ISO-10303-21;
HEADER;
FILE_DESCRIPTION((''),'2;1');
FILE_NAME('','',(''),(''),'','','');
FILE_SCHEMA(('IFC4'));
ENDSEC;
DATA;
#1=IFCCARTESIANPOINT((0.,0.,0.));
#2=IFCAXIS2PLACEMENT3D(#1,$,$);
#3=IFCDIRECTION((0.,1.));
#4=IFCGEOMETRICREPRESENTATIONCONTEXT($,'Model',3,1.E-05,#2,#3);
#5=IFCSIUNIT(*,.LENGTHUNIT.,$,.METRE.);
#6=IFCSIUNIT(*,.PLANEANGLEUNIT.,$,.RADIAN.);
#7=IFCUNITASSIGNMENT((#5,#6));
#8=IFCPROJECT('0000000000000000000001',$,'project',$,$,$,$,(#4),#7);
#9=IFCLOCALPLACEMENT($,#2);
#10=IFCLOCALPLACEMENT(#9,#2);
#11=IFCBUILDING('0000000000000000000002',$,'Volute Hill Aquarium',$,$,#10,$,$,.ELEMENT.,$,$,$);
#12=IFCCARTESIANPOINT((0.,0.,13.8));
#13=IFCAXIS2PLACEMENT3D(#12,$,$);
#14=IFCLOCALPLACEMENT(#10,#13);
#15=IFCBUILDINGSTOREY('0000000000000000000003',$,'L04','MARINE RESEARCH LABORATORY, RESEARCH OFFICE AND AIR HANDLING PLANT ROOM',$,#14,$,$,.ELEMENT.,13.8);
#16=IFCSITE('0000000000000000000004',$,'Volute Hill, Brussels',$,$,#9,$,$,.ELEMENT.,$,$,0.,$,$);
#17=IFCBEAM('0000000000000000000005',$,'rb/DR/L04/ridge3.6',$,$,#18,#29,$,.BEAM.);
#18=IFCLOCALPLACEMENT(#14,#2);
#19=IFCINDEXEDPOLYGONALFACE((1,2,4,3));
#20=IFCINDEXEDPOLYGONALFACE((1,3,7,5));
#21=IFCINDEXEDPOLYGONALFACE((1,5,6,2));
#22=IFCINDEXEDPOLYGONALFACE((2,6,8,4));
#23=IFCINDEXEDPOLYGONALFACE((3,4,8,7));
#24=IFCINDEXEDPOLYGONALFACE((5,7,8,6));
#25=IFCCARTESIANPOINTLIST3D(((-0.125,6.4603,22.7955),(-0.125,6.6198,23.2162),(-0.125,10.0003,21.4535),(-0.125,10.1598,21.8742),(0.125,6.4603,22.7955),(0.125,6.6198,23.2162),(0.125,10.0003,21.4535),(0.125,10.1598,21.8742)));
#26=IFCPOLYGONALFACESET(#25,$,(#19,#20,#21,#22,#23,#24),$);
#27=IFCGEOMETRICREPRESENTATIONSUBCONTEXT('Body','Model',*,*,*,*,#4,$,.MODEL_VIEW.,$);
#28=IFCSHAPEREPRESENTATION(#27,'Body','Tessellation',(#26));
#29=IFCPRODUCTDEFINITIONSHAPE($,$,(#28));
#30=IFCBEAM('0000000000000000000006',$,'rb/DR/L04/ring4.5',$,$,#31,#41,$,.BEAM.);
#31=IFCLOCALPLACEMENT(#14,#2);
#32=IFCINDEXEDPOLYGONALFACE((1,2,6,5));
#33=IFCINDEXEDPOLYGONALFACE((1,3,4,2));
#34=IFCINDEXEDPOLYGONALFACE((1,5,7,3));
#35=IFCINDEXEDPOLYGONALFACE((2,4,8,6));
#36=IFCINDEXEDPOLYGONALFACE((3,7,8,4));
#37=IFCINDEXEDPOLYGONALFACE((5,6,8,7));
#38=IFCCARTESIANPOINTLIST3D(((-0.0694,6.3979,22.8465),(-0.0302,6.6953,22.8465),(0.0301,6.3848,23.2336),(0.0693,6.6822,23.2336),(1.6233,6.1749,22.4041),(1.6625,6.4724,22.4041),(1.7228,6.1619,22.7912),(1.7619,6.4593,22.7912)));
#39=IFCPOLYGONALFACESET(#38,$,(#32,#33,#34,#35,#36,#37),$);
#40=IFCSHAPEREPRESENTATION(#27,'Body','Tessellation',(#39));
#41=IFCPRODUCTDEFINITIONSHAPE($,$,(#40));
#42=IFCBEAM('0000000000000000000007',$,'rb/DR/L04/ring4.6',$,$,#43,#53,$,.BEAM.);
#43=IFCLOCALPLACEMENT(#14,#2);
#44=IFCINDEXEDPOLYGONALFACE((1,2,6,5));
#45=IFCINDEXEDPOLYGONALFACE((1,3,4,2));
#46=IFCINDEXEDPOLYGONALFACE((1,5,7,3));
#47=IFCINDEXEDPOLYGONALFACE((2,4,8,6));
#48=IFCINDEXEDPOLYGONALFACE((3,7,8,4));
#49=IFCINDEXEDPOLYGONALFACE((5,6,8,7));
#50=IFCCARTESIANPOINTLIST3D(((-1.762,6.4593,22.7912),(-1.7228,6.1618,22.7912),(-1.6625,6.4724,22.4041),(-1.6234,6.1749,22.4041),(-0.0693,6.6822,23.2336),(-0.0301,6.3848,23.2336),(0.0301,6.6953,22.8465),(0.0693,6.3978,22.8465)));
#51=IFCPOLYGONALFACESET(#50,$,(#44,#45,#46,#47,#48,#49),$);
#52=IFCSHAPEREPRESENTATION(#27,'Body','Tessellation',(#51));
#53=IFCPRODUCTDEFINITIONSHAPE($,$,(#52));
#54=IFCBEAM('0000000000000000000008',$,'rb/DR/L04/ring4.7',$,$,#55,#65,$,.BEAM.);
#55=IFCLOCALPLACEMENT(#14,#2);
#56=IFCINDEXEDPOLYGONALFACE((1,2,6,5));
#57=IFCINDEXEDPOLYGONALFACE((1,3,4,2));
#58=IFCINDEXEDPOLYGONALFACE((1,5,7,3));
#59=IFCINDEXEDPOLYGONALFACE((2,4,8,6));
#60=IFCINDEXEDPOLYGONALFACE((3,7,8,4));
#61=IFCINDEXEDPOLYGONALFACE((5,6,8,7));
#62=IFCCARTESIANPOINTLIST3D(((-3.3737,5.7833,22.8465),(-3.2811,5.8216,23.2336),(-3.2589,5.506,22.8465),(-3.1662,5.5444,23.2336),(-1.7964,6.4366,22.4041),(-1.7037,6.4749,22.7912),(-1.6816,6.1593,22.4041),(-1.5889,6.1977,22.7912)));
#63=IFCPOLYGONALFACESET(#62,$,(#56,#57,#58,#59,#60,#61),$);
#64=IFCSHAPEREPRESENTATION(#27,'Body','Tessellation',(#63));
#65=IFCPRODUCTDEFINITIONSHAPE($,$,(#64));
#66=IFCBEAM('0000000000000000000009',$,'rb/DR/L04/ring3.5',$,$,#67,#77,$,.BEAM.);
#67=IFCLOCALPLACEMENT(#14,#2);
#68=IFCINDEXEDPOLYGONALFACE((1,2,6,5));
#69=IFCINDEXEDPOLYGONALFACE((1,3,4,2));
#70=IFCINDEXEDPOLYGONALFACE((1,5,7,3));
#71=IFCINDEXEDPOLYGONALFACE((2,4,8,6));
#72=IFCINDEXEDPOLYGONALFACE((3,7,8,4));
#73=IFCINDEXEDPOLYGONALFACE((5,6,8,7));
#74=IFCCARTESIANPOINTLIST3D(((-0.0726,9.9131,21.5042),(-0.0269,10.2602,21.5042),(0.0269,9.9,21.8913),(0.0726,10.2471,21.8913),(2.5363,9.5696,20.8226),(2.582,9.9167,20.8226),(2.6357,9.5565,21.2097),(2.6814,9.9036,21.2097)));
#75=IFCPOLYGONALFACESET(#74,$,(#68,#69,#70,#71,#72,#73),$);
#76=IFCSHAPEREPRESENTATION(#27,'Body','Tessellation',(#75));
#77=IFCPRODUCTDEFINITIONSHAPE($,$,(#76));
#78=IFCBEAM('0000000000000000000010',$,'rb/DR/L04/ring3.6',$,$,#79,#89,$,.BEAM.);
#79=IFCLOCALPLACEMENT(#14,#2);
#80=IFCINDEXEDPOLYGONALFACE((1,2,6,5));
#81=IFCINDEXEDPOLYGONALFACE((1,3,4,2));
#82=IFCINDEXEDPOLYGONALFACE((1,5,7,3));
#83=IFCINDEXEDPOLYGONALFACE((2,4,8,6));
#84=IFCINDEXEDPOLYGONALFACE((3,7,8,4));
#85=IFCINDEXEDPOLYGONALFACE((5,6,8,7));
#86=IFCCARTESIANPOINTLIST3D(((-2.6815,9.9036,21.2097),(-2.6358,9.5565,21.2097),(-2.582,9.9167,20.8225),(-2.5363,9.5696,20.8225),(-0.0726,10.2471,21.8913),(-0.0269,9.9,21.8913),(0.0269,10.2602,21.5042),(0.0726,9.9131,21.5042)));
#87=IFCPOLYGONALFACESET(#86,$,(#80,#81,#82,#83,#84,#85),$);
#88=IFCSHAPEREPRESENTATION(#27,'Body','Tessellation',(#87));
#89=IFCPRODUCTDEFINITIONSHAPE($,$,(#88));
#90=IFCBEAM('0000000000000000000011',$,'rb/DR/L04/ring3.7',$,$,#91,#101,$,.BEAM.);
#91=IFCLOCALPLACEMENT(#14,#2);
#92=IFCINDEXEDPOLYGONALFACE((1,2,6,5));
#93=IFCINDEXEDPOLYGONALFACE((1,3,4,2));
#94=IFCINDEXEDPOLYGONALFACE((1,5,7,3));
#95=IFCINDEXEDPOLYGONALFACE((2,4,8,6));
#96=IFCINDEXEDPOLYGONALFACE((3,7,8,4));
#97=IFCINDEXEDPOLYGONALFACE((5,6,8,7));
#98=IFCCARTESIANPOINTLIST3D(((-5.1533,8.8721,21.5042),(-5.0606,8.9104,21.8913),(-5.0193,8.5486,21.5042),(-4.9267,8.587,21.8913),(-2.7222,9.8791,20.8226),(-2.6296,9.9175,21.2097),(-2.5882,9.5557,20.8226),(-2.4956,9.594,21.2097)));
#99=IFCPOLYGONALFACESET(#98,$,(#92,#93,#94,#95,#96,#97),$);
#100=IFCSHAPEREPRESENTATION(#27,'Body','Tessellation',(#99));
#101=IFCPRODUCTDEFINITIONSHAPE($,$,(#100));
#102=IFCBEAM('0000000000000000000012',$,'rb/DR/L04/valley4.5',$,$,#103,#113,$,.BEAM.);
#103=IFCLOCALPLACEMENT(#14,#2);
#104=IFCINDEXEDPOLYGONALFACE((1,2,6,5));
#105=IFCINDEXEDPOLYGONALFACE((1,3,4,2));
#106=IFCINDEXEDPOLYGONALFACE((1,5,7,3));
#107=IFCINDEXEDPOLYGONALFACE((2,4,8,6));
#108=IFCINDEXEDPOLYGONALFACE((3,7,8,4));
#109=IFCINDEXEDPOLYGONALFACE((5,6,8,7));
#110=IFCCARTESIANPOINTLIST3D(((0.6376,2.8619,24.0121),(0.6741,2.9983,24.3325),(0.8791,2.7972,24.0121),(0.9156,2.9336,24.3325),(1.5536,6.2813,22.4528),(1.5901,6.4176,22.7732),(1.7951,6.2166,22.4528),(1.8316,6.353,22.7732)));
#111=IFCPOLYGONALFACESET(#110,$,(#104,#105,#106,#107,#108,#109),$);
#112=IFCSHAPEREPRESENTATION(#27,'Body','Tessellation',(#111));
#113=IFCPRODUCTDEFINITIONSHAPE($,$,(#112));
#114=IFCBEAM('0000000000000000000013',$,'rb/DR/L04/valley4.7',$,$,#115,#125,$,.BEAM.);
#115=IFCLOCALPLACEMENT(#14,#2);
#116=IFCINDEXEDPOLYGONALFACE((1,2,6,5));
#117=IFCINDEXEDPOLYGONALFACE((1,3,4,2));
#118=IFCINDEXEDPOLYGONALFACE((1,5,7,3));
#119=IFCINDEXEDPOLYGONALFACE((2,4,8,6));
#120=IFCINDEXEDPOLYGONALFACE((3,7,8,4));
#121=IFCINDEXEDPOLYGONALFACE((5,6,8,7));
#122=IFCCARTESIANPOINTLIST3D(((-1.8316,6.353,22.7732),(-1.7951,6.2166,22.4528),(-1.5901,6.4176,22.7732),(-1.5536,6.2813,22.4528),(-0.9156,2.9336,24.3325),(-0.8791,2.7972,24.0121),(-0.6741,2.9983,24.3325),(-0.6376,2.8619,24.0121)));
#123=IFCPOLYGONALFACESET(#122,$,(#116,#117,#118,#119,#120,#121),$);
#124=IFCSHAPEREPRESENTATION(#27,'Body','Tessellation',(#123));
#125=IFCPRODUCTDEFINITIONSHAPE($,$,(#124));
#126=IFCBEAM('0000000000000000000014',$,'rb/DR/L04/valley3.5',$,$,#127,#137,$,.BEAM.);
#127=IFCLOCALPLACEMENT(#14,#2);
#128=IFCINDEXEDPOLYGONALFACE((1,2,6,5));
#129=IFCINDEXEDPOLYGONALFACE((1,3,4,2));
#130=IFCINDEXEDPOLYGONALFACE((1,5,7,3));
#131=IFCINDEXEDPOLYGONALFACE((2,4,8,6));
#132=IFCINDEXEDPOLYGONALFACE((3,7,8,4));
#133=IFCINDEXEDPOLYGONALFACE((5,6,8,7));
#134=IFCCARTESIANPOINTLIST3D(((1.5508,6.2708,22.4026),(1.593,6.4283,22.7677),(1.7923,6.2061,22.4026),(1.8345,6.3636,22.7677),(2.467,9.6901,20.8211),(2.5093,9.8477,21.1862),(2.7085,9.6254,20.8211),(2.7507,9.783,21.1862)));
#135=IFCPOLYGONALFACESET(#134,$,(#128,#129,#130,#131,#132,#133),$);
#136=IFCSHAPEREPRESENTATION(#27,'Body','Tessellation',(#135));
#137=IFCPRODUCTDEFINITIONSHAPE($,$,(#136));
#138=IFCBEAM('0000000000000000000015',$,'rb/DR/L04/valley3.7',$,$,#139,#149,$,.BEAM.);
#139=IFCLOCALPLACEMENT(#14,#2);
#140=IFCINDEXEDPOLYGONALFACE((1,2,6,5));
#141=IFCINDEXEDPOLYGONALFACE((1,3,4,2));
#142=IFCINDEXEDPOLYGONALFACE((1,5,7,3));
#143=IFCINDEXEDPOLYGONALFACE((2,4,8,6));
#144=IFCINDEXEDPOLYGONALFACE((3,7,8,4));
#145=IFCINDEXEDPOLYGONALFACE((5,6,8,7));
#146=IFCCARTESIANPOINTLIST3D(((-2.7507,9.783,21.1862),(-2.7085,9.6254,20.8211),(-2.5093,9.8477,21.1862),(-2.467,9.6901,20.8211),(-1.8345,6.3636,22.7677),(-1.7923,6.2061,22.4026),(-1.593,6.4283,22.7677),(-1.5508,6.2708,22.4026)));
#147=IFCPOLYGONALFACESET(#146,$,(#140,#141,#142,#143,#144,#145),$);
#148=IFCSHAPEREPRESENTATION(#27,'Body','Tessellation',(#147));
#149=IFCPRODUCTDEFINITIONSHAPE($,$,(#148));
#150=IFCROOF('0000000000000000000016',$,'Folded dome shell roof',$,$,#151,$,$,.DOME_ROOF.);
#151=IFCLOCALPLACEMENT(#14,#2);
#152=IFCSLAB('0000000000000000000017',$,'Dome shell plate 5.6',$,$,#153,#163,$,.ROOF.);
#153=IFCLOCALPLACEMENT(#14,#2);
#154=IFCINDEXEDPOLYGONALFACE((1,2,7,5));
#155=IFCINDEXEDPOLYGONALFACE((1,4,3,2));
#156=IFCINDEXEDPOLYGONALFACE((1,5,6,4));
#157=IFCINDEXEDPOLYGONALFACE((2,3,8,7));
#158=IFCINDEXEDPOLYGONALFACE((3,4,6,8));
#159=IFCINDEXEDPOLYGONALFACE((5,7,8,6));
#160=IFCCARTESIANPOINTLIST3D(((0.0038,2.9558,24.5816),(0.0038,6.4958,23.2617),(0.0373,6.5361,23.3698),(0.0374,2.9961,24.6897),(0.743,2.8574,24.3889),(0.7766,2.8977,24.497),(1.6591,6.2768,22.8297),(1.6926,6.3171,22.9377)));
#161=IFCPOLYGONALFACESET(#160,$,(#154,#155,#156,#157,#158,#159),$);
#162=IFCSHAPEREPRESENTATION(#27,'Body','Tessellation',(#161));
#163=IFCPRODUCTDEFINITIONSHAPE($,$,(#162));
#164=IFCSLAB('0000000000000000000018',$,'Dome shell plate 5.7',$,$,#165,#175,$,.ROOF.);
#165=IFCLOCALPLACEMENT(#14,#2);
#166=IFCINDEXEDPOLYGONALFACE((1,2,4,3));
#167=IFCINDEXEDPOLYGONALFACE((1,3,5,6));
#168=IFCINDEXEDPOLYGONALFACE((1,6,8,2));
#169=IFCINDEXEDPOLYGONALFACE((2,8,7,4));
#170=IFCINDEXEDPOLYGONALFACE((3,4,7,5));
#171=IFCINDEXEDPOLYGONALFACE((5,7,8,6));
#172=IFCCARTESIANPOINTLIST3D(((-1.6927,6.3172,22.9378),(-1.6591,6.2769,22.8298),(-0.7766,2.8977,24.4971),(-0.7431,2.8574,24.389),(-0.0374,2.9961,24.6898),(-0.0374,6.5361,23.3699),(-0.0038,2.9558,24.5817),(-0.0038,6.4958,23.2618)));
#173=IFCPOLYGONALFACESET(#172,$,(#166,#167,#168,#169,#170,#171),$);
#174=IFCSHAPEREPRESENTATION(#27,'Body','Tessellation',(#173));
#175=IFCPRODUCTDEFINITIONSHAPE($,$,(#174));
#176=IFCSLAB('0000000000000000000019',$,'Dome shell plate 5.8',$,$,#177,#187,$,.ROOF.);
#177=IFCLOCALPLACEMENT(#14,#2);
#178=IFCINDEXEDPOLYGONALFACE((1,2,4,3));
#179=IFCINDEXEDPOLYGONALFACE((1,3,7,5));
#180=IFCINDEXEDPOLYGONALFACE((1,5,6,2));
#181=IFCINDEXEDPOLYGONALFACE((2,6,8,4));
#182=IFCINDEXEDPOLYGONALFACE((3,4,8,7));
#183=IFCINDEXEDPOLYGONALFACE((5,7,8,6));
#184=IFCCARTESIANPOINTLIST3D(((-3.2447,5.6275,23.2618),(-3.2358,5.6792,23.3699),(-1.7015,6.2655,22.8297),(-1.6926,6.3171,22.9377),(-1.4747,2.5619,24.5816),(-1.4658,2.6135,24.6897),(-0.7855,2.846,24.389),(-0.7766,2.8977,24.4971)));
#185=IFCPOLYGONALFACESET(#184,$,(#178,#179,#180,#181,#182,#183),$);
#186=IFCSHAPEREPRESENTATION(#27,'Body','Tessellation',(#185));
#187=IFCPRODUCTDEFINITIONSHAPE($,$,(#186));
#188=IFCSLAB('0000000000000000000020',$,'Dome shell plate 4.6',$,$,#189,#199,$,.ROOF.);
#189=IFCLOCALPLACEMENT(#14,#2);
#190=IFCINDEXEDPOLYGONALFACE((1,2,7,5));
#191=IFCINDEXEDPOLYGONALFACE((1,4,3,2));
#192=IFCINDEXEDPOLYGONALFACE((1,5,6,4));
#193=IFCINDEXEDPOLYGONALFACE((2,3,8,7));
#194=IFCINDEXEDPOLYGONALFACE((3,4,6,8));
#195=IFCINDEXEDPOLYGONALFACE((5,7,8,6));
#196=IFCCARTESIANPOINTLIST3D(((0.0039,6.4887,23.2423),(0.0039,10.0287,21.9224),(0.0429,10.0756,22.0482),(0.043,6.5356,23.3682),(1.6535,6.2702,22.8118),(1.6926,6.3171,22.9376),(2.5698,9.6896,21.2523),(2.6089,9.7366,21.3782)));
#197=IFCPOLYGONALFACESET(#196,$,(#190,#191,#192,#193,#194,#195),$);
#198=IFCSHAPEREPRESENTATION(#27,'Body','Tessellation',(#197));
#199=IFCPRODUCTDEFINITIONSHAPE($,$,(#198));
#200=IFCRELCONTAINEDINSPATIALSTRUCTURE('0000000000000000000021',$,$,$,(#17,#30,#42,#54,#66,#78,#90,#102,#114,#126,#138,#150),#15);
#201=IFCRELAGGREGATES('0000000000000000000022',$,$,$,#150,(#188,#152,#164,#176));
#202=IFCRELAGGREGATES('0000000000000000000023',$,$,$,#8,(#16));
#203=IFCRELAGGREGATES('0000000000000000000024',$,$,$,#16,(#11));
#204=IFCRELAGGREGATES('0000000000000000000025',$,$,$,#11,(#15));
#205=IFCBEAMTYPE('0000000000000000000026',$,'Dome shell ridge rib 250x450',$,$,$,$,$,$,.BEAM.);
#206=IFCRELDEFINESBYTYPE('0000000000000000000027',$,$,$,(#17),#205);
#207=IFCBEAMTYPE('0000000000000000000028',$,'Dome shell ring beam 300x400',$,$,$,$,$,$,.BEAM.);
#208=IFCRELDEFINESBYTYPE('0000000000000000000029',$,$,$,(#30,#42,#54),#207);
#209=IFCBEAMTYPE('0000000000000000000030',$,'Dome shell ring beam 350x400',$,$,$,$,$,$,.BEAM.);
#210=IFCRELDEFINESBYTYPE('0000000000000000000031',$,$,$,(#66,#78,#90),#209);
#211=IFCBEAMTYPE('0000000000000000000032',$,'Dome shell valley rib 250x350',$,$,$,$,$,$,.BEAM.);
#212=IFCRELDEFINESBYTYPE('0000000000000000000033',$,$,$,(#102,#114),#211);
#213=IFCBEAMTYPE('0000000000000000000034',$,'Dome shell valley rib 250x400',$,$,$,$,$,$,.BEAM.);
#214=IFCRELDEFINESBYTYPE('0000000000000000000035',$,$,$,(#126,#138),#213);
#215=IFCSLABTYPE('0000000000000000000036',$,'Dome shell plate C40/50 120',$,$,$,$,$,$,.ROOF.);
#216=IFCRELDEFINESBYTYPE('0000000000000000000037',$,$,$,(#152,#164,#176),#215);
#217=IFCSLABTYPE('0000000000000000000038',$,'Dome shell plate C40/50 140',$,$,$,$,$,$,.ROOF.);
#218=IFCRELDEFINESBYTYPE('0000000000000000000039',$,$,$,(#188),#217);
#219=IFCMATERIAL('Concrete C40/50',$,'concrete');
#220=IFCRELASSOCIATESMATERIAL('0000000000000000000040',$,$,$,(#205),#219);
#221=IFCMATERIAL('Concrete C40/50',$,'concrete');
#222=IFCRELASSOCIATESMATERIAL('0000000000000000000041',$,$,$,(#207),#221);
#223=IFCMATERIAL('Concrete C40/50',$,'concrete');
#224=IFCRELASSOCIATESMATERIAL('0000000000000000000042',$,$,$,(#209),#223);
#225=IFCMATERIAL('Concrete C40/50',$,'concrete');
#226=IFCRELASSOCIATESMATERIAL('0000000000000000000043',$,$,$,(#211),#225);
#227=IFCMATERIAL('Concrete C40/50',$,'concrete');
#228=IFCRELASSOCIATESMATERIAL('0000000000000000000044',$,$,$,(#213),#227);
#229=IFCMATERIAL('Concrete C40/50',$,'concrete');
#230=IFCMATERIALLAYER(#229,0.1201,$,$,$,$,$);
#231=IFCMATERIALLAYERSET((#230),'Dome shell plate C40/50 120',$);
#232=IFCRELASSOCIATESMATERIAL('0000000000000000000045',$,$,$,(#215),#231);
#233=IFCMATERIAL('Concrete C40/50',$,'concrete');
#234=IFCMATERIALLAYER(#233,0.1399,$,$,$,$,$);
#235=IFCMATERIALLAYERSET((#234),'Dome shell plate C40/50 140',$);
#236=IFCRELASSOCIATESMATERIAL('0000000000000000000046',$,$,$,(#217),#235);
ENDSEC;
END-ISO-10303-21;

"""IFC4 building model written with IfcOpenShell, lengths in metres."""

from ifc_helpers import new_model, si_unit, direction, frame, origin, origin_2d, place, context, subcontext, project, spatial, polyline, rectangle, outline, extrude, material, layer, layer_set, material_profile, profile_set, type_object, element, aggregate, save


model = new_model("IFC4")

# Units and contexts
model_context = context("Model", 3, precision=1e-05, world=origin(), true_north=direction((0.0, 1.0)))
body_context = subcontext(model_context, "Body", "Model", "MODEL_VIEW")
ifc_project = project(units=[si_unit("LENGTHUNIT", "METRE"), si_unit("PLANEANGLEUNIT", "RADIAN")], contexts=[model_context])

# Site, building, storey
site_placement = place(None, origin())
site = spatial("IfcSite", under=ifc_project, at=site_placement, Name="Volute Hill, Brussels", CompositionType="ELEMENT", RefElevation=0.0)
building_placement = place(site_placement, origin())
building = spatial("IfcBuilding", under=site, at=building_placement, Name="Volute Hill Aquarium", CompositionType="ELEMENT")
storey_placement = place(building_placement, frame((0.0, 0.0, 13.8)))
storey = spatial("IfcBuildingStorey", under=building, at=storey_placement, Name="L04", Description="MARINE RESEARCH LABORATORY, RESEARCH OFFICE AND AIR HANDLING PLANT ROOM", CompositionType="ELEMENT", Elevation=13.8)

# Beams
ifc_material_1 = material(Name="Concrete C40/50", Category="concrete")
ifc_material_profile_1 = material_profile(ifc_material_1, rectangle(XDim=0.25, YDim=0.45, at=origin_2d()), Name="RC rib 250x450")
ifc_profile_set_1 = profile_set([ifc_material_profile_1], Name="Concrete C40/50")
beam_type_1 = type_object("IfcBeamType", Name="Dome shell ridge rib 250x450", PredefinedType="BEAM", material=ifc_profile_set_1)
beam_1_placement = place(storey_placement, frame((0.0, 10.0801, 21.6638), z_axis=(0.0, -0.935062, 0.354485), x_axis=(1.0, 0.0, 0.0)))
element("IfcBeam", 1, at=beam_1_placement, inside=storey, type_object=beam_type_1, Name="rb/DR/L04/ridge3.6", PredefinedType="BEAM", context=body_context, shape_type="SweptSolid", body=[
    extrude(rectangle(XDim=0.25, YDim=0.45, at=origin_2d()), origin(), (0.0, 0.0, 1.0), 3.7859),
])
ifc_material_2 = material(Name="Concrete C40/50", Category="concrete")
ifc_material_profile_2 = material_profile(ifc_material_2, rectangle(XDim=0.3, YDim=0.3999, at=origin_2d()), Name="RC beam 300x400")
ifc_profile_set_2 = profile_set([ifc_material_profile_2], Name="Concrete C40/50")
beam_type_2 = type_object("IfcBeamType", Name="Dome shell ring beam 300x400", PredefinedType="BEAM", material=ifc_profile_set_2)
for number, where, z_axis, x_axis, name in (
    (2, (1.6926, 6.3171, 22.5977), (-0.959743, 0.126388, 0.250837), (-0.130562, -0.99144, 0.0), "rb/DR/L04/ring4.5"),
    (3, (0.0, 6.54, 23.04), (-0.959743, -0.126388, -0.250837), (0.130562, -0.99144, 0.0), "rb/DR/L04/ring4.6"),
    (4, (-1.6926, 6.3171, 22.5977), (-0.894357, -0.370422, 0.250824), (0.382655, -0.923891, 0.0), "rb/DR/L04/ring4.7"),
):
    element("IfcBeam", number, at=place(storey_placement, frame(where, z_axis=z_axis, x_axis=x_axis)), inside=storey, type_object=beam_type_2, Name=name, PredefinedType="BEAM", context=body_context, shape_type="SweptSolid", body=[
        extrude(rectangle(XDim=0.3, YDim=0.3999, at=origin_2d()), origin(), (0.0, 0.0, 1.0), 1.7637),
    ])
ifc_material_3 = material(Name="Concrete C40/50", Category="concrete")
ifc_material_profile_3 = material_profile(ifc_material_3, rectangle(XDim=0.3501, YDim=0.3999, at=origin_2d()), Name="RC beam 350x400")
ifc_profile_set_3 = profile_set([ifc_material_profile_3], Name="Concrete C40/50")
beam_type_3 = type_object("IfcBeamType", Name="Dome shell ring beam 350x400", PredefinedType="BEAM", material=ifc_profile_set_3)
for number, where, z_axis, x_axis, name in (
    (5, (2.6089, 9.7366, 21.0161), (-0.959765, 0.12637, 0.250764), (-0.130541, -0.991443, 0.0), "rb/DR/L04/ring3.5"),
    (6, (0.0, 10.0801, 21.6978), (-0.959765, -0.12637, -0.250764), (0.130541, -0.991443, 0.0), "rb/DR/L04/ring3.6"),
    (7, (-2.6089, 9.7366, 21.0161), (-0.894353, -0.370477, 0.250757), (0.382704, -0.923871, 0.0), "rb/DR/L04/ring3.7"),
):
    element("IfcBeam", number, at=place(storey_placement, frame(where, z_axis=z_axis, x_axis=x_axis)), inside=storey, type_object=beam_type_3, Name=name, PredefinedType="BEAM", context=body_context, shape_type="SweptSolid", body=[
        extrude(rectangle(XDim=0.3501, YDim=0.3999, at=origin_2d()), origin(), (0.0, 0.0, 1.0), 2.7183),
    ])
ifc_material_4 = material(Name="Concrete C40/50", Category="concrete")
ifc_material_profile_4 = material_profile(ifc_material_4, rectangle(XDim=0.25, YDim=0.3501, at=origin_2d()), Name="RC rib 250x350")
ifc_profile_set_4 = profile_set([ifc_material_profile_4], Name="Concrete C40/50")
beam_type_4 = type_object("IfcBeamType", Name="Dome shell valley rib 250x350", PredefinedType="BEAM", material=ifc_profile_set_4)
for number, where, z_axis, x_axis, name in (
    (8, (1.6926, 6.3171, 22.613), (-0.236806, -0.883982, 0.403112), (0.965941, -0.258761, 0.0), "rb/DR/L04/valley4.5"),
    (9, (-1.6926, 6.3171, 22.613), (0.236806, -0.883982, 0.403112), (0.965941, 0.258761, 0.0), "rb/DR/L04/valley4.7"),
):
    element("IfcBeam", number, at=place(storey_placement, frame(where, z_axis=z_axis, x_axis=x_axis)), inside=storey, type_object=beam_type_4, Name=name, PredefinedType="BEAM", context=body_context, shape_type="SweptSolid", body=[
        extrude(rectangle(XDim=0.25, YDim=0.3501, at=origin_2d()), origin(), (0.0, 0.0, 1.0), 3.8682),
    ])
ifc_material_5 = material(Name="Concrete C40/50", Category="concrete")
ifc_material_profile_5 = material_profile(ifc_material_5, rectangle(XDim=0.25, YDim=0.3999, at=origin_2d()), Name="RC rib 250x400")
ifc_profile_set_5 = profile_set([ifc_material_profile_5], Name="Concrete C40/50")
beam_type_5 = type_object("IfcBeamType", Name="Dome shell valley rib 250x400", PredefinedType="BEAM", material=ifc_profile_set_5)
for number, where, z_axis, x_axis, name in (
    (10, (2.6089, 9.7366, 21.0037), (-0.236315, -0.881915, 0.4079), (0.965924, -0.258826, 0.0), "rb/DR/L04/valley3.5"),
    (11, (-2.6089, 9.7366, 21.0037), (0.236315, -0.881915, 0.4079), (0.965924, 0.258826, 0.0), "rb/DR/L04/valley3.7"),
):
    element("IfcBeam", number, at=place(storey_placement, frame(where, z_axis=z_axis, x_axis=x_axis)), inside=storey, type_object=beam_type_5, Name=name, PredefinedType="BEAM", context=body_context, shape_type="SweptSolid", body=[
        extrude(rectangle(XDim=0.25, YDim=0.3999, at=origin_2d()), origin(), (0.0, 0.0, 1.0), 3.8772),
    ])

# Roof, slabs
roof_placement = place(storey_placement, origin())
roof = element("IfcRoof", 12, at=roof_placement, inside=storey, Name="Folded dome shell roof", PredefinedType="DOME_ROOF")
ifc_material_6 = material(Name="Concrete C40/50", Category="concrete")
ifc_layer_1 = layer(ifc_material_6, 0.1201)
ifc_layer_set_1 = layer_set([ifc_layer_1], Name="Dome shell plate C40/50 120")
slab_type_1 = type_object("IfcSlabType", Name="Dome shell plate C40/50 120", PredefinedType="ROOF", material=ifc_layer_set_1)
slab_1_placement = place(storey_placement, frame((1.6926, 6.3171, 22.9377), z_axis=(0.279211, 0.335468, 0.899724), x_axis=(-0.959755, 0.126957, 0.250504)))
slab_1 = element("IfcSlab", 13, at=slab_1_placement, type_object=slab_type_1, Name="Dome shell plate 5.6", PredefinedType="ROOF", context=body_context, shape_type="SweptSolid", body=[
    extrude(outline(polyline([(0.0, 0.0), (1.7247, 0.0), (1.6059, 3.7762), (0.8356, 3.7769), (0.0, 0.0)])), origin(), (0.0, 0.0, -1.0), 0.1201),
])
slab_2_placement = place(storey_placement, frame((-0.0374, 6.5361, 23.3699), z_axis=(-0.279211, 0.335468, 0.899724), x_axis=(-0.959755, -0.126957, -0.250504)))
slab_2 = element("IfcSlab", 14, at=slab_2_placement, type_object=slab_type_1, Name="Dome shell plate 5.7", PredefinedType="ROOF", context=body_context, shape_type="SweptSolid", body=[
    extrude(outline(polyline([(0.0, 0.0), (1.7247, 0.0), (0.8891, 3.7769), (0.1188, 3.7762), (0.0, 0.0)])), origin(), (0.0, 0.0, -1.0), 0.1201),
])
slab_3_placement = place(storey_placement, frame((-1.6926, 6.3171, 22.9377), z_axis=(0.074118, 0.430139, 0.899715), x_axis=(-0.894679, -0.369848, 0.250522)))
slab_3 = element("IfcSlab", 15, at=slab_3_placement, type_object=slab_type_1, Name="Dome shell plate 5.8", PredefinedType="ROOF", context=body_context, shape_type="SweptSolid", body=[
    extrude(outline(polyline([(0.0, 0.0), (1.7249, 0.0), (1.6058, 3.7761), (0.8358, 3.7768), (0.0, 0.0)])), origin(), (0.0, 0.0, -1.0), 0.1201),
])
ifc_material_7 = material(Name="Concrete C40/50", Category="concrete")
ifc_layer_2 = layer(ifc_material_7, 0.1399)
ifc_layer_set_2 = layer_set([ifc_layer_2], Name="Dome shell plate C40/50 140")
slab_type_2 = type_object("IfcSlabType", Name="Dome shell plate C40/50 140", PredefinedType="ROOF", material=ifc_layer_set_2)
slab_4_placement = place(storey_placement, frame((2.6089, 9.7366, 21.3782), z_axis=(0.279266, 0.335474, 0.899704), x_axis=(-0.959744, 0.12682, 0.250615)))
slab_4 = element("IfcSlab", 16, at=slab_4_placement, type_object=slab_type_2, Name="Dome shell plate 4.6", PredefinedType="ROOF", context=body_context, shape_type="SweptSolid", body=[
    extrude(outline(polyline([(0.0, 0.0), (2.6736, 0.0), (2.5554, 3.7762), (0.8366, 3.7768), (0.0, 0.0)])), origin(), (0.0, 0.0, -1.0), 0.1399),
])
aggregate(roof, [slab_4, slab_1, slab_2, slab_3])

save(model, "model.ifc")
